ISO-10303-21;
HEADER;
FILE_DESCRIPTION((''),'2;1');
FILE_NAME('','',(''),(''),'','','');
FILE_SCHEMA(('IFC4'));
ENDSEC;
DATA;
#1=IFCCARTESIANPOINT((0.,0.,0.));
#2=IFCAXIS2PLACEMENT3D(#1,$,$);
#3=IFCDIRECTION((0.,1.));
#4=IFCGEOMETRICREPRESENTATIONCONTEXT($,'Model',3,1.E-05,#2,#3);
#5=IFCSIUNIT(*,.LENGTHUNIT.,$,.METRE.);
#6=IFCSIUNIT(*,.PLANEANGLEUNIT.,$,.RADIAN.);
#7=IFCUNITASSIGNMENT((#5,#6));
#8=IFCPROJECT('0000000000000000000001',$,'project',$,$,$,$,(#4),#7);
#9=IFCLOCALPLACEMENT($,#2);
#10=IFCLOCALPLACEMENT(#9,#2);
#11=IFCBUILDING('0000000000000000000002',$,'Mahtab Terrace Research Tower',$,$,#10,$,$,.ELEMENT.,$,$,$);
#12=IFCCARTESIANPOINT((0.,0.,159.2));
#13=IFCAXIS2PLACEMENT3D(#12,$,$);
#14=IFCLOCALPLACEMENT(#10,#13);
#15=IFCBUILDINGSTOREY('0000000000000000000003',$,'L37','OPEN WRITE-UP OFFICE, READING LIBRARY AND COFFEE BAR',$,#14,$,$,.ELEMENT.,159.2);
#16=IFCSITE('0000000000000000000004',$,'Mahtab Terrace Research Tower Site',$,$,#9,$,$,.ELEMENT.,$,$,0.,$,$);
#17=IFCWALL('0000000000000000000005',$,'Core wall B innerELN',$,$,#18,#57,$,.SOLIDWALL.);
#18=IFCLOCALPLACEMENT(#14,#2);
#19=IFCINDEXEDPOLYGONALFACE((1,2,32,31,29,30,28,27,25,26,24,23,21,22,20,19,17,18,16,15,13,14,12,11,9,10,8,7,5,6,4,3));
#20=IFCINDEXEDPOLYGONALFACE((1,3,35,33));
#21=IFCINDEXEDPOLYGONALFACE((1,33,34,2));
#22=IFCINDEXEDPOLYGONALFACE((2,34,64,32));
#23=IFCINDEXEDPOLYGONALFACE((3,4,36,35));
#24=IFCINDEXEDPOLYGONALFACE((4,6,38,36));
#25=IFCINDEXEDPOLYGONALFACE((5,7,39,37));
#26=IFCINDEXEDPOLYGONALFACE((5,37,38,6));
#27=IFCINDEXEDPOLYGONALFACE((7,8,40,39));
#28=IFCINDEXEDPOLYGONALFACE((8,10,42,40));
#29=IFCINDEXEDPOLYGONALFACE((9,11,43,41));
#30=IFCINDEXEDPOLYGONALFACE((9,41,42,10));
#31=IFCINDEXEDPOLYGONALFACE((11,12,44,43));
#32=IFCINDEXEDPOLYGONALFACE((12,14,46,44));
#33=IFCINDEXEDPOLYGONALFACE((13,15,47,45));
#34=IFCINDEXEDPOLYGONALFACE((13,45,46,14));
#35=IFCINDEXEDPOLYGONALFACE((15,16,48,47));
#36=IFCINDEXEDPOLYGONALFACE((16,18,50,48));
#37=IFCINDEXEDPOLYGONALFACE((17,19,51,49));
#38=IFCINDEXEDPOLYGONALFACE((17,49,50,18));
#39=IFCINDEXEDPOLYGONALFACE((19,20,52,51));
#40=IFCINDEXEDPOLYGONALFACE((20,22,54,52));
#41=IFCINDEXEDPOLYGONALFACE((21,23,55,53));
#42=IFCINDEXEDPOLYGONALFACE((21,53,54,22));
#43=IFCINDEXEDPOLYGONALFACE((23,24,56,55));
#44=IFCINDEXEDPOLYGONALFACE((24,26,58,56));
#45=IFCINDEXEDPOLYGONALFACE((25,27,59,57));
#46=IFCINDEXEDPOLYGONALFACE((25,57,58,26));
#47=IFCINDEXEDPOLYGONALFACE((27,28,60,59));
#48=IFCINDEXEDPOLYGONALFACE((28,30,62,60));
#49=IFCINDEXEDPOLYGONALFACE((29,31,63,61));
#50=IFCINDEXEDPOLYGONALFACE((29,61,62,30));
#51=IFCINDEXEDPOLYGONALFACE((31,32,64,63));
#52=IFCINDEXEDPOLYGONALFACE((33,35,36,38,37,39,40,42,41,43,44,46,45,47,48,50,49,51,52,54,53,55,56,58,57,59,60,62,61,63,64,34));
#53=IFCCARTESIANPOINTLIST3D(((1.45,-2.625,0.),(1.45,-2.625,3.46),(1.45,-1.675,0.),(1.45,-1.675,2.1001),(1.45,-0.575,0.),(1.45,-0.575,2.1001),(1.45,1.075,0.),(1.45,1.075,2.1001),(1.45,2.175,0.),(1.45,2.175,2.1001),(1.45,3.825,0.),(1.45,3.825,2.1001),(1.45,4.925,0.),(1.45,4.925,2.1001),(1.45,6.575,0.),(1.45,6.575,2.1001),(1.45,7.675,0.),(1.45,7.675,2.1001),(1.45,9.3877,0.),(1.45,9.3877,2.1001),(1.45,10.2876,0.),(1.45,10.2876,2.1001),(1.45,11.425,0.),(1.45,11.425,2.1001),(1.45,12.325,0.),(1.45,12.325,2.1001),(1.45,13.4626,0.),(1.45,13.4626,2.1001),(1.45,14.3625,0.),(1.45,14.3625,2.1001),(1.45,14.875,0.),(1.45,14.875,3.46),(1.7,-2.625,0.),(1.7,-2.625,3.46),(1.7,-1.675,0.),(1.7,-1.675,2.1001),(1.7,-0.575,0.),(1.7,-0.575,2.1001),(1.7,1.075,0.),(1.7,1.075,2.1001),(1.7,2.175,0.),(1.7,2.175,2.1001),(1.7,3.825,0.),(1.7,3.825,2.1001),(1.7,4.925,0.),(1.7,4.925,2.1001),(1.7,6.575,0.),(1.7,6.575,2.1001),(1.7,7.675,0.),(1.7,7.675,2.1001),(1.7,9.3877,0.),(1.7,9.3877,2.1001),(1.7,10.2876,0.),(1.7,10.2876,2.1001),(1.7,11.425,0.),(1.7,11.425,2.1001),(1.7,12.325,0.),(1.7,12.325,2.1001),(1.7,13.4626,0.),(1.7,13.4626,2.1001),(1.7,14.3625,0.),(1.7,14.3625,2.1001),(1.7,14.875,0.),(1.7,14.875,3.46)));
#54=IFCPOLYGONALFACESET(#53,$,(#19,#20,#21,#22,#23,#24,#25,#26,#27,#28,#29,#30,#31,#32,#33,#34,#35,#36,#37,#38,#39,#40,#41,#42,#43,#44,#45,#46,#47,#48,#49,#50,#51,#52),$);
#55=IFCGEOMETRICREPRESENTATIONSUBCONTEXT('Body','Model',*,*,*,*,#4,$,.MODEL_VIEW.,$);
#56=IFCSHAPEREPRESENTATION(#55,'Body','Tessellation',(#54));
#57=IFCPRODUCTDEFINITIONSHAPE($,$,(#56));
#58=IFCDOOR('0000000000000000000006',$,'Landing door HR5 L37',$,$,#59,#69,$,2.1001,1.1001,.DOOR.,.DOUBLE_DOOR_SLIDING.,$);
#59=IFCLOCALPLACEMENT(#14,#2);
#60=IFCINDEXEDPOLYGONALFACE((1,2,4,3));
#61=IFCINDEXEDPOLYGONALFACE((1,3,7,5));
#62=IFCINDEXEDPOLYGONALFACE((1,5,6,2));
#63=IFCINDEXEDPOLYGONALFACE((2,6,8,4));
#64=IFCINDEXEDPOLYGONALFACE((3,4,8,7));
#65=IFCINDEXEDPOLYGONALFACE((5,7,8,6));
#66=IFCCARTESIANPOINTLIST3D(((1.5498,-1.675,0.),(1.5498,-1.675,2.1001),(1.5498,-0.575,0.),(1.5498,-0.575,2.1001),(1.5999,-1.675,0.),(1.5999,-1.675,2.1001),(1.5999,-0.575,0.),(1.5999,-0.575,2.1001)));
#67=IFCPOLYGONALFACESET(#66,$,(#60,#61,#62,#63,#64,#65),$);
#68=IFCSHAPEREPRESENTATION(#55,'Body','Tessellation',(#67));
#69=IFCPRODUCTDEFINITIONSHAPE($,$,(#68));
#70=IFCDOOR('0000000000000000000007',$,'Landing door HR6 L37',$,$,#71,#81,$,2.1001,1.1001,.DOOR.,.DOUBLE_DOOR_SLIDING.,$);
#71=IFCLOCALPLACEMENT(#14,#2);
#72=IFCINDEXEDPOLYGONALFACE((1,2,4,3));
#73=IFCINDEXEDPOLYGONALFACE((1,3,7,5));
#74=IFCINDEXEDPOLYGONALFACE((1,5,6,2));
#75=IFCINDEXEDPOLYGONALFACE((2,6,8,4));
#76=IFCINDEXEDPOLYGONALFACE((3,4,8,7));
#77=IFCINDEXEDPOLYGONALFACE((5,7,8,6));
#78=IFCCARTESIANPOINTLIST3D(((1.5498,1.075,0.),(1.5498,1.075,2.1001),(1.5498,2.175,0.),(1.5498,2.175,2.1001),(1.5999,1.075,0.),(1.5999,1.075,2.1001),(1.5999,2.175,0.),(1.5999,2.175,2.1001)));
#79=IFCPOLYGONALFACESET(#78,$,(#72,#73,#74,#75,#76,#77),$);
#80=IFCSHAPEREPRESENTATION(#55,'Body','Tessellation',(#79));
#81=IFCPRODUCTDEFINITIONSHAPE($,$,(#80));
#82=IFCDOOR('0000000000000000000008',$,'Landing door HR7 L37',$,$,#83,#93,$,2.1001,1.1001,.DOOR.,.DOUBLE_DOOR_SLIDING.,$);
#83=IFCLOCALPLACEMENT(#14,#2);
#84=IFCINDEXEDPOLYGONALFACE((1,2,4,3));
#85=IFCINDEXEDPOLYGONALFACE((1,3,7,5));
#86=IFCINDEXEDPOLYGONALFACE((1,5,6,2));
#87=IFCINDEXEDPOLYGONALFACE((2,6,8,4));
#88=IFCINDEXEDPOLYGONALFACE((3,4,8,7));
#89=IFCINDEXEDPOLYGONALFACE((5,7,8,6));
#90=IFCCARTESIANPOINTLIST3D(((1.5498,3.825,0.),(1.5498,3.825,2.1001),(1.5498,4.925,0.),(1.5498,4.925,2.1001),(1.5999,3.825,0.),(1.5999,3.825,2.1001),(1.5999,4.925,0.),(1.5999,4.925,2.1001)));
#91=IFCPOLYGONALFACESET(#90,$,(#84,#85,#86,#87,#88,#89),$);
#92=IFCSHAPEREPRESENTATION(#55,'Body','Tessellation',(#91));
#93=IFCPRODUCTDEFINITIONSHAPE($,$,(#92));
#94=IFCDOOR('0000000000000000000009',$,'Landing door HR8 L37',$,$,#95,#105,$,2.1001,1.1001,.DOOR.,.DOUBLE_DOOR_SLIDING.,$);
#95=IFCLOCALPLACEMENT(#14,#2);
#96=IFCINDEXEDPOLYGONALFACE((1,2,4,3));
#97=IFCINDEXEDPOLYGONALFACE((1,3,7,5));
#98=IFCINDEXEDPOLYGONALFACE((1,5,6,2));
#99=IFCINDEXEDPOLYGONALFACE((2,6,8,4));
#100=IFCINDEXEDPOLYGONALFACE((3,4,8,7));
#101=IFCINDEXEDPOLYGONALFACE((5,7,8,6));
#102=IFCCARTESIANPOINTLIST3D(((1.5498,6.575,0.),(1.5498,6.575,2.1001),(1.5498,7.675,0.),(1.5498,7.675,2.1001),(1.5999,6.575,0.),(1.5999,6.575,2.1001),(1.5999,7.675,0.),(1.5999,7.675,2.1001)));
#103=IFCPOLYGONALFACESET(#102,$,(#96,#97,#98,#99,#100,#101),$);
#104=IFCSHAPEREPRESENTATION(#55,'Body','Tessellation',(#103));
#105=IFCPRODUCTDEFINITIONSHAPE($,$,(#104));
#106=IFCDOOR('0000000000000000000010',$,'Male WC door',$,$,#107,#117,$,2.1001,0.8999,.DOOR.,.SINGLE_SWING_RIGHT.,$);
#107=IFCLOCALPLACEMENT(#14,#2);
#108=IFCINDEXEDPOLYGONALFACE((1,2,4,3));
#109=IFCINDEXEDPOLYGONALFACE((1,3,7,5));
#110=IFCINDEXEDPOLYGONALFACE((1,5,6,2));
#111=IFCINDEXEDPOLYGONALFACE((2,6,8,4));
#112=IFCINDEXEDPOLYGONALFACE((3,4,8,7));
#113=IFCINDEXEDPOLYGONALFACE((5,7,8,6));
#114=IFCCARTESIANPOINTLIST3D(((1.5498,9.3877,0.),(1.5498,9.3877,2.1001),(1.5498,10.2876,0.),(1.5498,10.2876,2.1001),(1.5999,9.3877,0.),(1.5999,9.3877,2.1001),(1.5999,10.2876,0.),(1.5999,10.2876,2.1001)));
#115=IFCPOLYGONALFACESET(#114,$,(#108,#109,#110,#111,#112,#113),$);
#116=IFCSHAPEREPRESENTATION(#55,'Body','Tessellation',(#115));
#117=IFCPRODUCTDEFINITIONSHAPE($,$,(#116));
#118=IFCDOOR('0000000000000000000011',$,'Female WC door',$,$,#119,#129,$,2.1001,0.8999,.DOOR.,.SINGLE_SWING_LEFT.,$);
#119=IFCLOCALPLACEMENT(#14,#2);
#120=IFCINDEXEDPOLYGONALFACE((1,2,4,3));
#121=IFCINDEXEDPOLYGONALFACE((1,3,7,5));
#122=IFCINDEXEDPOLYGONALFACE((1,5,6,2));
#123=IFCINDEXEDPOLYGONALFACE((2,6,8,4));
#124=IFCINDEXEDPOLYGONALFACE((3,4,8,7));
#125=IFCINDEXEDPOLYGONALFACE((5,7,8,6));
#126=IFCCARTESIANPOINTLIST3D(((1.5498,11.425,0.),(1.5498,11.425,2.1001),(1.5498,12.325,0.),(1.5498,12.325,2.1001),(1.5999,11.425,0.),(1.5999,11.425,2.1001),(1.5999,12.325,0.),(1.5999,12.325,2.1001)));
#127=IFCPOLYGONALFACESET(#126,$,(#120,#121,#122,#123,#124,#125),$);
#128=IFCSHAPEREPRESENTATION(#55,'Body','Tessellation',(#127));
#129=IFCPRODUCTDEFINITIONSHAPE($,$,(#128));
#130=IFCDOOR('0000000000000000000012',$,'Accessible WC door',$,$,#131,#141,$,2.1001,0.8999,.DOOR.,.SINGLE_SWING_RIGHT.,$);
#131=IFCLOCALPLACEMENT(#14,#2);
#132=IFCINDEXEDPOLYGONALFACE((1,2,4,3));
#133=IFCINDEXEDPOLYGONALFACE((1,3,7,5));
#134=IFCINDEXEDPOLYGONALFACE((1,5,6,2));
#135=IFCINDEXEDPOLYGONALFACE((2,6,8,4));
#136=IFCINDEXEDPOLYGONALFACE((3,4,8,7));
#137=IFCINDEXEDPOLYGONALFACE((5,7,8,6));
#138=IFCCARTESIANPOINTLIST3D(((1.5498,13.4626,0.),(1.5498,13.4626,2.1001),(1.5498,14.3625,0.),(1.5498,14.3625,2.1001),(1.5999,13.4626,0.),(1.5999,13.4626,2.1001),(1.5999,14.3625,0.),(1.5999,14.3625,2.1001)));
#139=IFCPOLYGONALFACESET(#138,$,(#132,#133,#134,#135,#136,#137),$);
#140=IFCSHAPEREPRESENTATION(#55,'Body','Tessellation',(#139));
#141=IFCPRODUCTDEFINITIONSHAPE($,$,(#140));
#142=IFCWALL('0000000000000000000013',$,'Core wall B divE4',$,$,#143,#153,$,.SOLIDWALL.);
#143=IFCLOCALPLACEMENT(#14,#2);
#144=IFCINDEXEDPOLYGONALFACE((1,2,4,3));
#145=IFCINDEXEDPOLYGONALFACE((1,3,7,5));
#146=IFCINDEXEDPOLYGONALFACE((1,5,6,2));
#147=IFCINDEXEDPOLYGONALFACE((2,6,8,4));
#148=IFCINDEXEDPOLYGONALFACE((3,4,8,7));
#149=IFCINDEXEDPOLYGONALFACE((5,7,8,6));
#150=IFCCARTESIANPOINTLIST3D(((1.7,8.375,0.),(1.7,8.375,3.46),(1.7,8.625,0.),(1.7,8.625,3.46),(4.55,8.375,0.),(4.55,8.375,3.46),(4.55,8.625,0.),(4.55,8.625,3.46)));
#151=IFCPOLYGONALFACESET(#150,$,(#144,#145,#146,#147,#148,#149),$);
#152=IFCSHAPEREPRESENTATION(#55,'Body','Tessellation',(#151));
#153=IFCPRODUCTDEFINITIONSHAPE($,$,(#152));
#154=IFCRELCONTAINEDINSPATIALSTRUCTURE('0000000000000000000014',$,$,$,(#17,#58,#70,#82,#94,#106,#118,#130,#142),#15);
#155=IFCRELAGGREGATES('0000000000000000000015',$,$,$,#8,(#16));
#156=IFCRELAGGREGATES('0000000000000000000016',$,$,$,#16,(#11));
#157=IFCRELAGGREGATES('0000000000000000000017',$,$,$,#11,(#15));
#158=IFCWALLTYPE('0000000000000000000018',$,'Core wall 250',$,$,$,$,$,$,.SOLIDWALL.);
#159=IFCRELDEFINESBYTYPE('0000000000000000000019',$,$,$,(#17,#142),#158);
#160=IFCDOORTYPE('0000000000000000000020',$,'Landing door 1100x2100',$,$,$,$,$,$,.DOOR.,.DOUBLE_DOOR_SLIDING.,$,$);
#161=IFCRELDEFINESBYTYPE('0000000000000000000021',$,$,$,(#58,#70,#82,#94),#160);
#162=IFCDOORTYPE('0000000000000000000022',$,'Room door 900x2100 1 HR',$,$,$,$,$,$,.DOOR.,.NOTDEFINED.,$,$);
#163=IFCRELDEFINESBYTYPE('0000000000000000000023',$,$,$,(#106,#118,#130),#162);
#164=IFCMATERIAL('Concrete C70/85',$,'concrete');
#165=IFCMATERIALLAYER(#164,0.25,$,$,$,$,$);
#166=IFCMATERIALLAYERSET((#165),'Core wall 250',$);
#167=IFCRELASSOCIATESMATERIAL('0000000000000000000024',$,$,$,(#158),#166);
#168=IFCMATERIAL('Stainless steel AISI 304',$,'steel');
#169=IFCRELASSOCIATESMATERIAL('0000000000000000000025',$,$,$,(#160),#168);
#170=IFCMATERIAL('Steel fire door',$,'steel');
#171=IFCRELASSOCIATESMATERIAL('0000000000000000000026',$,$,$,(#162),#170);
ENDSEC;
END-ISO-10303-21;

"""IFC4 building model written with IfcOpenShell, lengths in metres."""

from ifc_helpers import new_model, si_unit, direction, frame, frame_2d, origin, place, context, subcontext, project, spatial, rectangle, extrude, material, layer, layer_set, type_object, element, fill, save


model = new_model("IFC4")

# Units and contexts
model_context = context("Model", 3, precision=1e-05, world=origin(), true_north=direction((0.0, 1.0)))
body_context = subcontext(model_context, "Body", "Model", "MODEL_VIEW")
ifc_project = project(units=[si_unit("LENGTHUNIT", "METRE"), si_unit("PLANEANGLEUNIT", "RADIAN")], contexts=[model_context])

# Site, building, storey
site_placement = place(None, origin())
site = spatial("IfcSite", under=ifc_project, at=site_placement, Name="Mahtab Terrace Research Tower Site", CompositionType="ELEMENT", RefElevation=0.0)
building_placement = place(site_placement, origin())
building = spatial("IfcBuilding", under=site, at=building_placement, Name="Mahtab Terrace Research Tower", CompositionType="ELEMENT")
storey_placement = place(building_placement, frame((0.0, 0.0, 159.2)))
storey = spatial("IfcBuildingStorey", under=building, at=storey_placement, Name="L37", Description="OPEN WRITE-UP OFFICE, READING LIBRARY AND COFFEE BAR", CompositionType="ELEMENT", Elevation=159.2)

# Shared definitions
ifc_material_1 = material(Name="Concrete C70/85", Category="concrete")

# Wall, openings, doors
ifc_layer_1 = layer(ifc_material_1, 0.25)
ifc_layer_set_1 = layer_set([ifc_layer_1], Name="Core wall 250")
wall_type_1 = type_object("IfcWallType", Name="Core wall 250", PredefinedType="SOLIDWALL", material=ifc_layer_set_1)
wall_1_placement = place(storey_placement, frame((1.575, 14.875, 0.0), z_axis=(0.0, 0.0, 1.0), x_axis=(0.0, -1.0, 0.0)))
wall_1 = element("IfcWall", 1, at=wall_1_placement, inside=storey, type_object=wall_type_1, Name="Core wall B innerELN", PredefinedType="SOLIDWALL", context=body_context, shape_type="SweptSolid", body=[
    extrude(rectangle(XDim=17.5, YDim=0.25, at=frame_2d((8.75, 0.0))), origin(), (0.0, 0.0, 1.0), 3.46),
])
opening_1_placement = place(wall_1_placement, frame((15.45, 0.0, 0.0)))
opening_1 = element("IfcOpeningElement", 2, at=opening_1_placement, cuts=wall_1, PredefinedType="OPENING", context=body_context, shape_type="SweptSolid", body=[
    extrude(rectangle(XDim=1.1001, YDim=2.1001, at=frame_2d((0.55, 1.05))), frame((0.0, 0.135, 0.0), z_axis=(0.0, -1.0, 0.0), x_axis=(1.0, 0.0, 0.0)), (0.0, 0.0, 1.0), 0.27),
])
opening_2_placement = place(wall_1_placement, frame((12.7, 0.0, 0.0)))
opening_2 = element("IfcOpeningElement", 3, at=opening_2_placement, cuts=wall_1, PredefinedType="OPENING", context=body_context, shape_type="SweptSolid", body=[
    extrude(rectangle(XDim=1.1001, YDim=2.1001, at=frame_2d((0.55, 1.05))), frame((0.0, 0.135, 0.0), z_axis=(0.0, -1.0, 0.0), x_axis=(1.0, 0.0, 0.0)), (0.0, 0.0, 1.0), 0.27),
])
opening_3_placement = place(wall_1_placement, frame((9.95, 0.0, 0.0)))
opening_3 = element("IfcOpeningElement", 4, at=opening_3_placement, cuts=wall_1, PredefinedType="OPENING", context=body_context, shape_type="SweptSolid", body=[
    extrude(rectangle(XDim=1.1001, YDim=2.1001, at=frame_2d((0.55, 1.05))), frame((0.0, 0.135, 0.0), z_axis=(0.0, -1.0, 0.0), x_axis=(1.0, 0.0, 0.0)), (0.0, 0.0, 1.0), 0.27),
])
opening_4_placement = place(wall_1_placement, frame((7.2, 0.0, 0.0)))
opening_4 = element("IfcOpeningElement", 5, at=opening_4_placement, cuts=wall_1, PredefinedType="OPENING", context=body_context, shape_type="SweptSolid", body=[
    extrude(rectangle(XDim=1.1001, YDim=2.1001, at=frame_2d((0.55, 1.05))), frame((0.0, 0.135, 0.0), z_axis=(0.0, -1.0, 0.0), x_axis=(1.0, 0.0, 0.0)), (0.0, 0.0, 1.0), 0.27),
])
opening_5_placement = place(wall_1_placement, frame((4.5874, 0.0, 0.0)))
opening_5 = element("IfcOpeningElement", 6, at=opening_5_placement, cuts=wall_1, PredefinedType="OPENING", context=body_context, shape_type="SweptSolid", body=[
    extrude(rectangle(XDim=0.8999, YDim=2.1001, at=frame_2d((0.45, 1.05))), frame((0.0, 0.135, 0.0), z_axis=(0.0, -1.0, 0.0), x_axis=(1.0, 0.0, 0.0)), (0.0, 0.0, 1.0), 0.27),
])
opening_6_placement = place(wall_1_placement, frame((2.55, 0.0, 0.0)))
opening_6 = element("IfcOpeningElement", 7, at=opening_6_placement, cuts=wall_1, PredefinedType="OPENING", context=body_context, shape_type="SweptSolid", body=[
    extrude(rectangle(XDim=0.8999, YDim=2.1001, at=frame_2d((0.45, 1.05))), frame((0.0, 0.135, 0.0), z_axis=(0.0, -1.0, 0.0), x_axis=(1.0, 0.0, 0.0)), (0.0, 0.0, 1.0), 0.27),
])
opening_7_placement = place(wall_1_placement, frame((0.5125, 0.0, 0.0)))
opening_7 = element("IfcOpeningElement", 8, at=opening_7_placement, cuts=wall_1, PredefinedType="OPENING", context=body_context, shape_type="SweptSolid", body=[
    extrude(rectangle(XDim=0.8999, YDim=2.1001, at=frame_2d((0.45, 1.05))), frame((0.0, 0.135, 0.0), z_axis=(0.0, -1.0, 0.0), x_axis=(1.0, 0.0, 0.0)), (0.0, 0.0, 1.0), 0.27),
])
ifc_material_2 = material(Name="Stainless steel AISI 304", Category="steel")
door_type_1 = type_object("IfcDoorType", Name="Landing door 1100x2100", OperationType="DOUBLE_DOOR_SLIDING", PredefinedType="DOOR", material=ifc_material_2)
door_1_placement = place(opening_1_placement, origin())
door_1 = element("IfcDoor", 9, at=door_1_placement, inside=storey, type_object=door_type_1, Name="Landing door HR5 L37", OperationType="DOUBLE_DOOR_SLIDING", OverallHeight=2.1001, OverallWidth=1.1001, PredefinedType="DOOR", context=body_context, shape_type="SweptSolid", body=[
    extrude(rectangle(XDim=1.1001, YDim=2.1001, at=frame_2d((0.55, 1.05))), frame((0.0, 0.0249, 0.0), z_axis=(0.0, -1.0, 0.0), x_axis=(1.0, 0.0, 0.0)), (0.0, 0.0, 1.0), 0.05),
])
fill(opening_1, door_1)
door_2_placement = place(opening_2_placement, origin())
door_2 = element("IfcDoor", 10, at=door_2_placement, inside=storey, type_object=door_type_1, Name="Landing door HR6 L37", OperationType="DOUBLE_DOOR_SLIDING", OverallHeight=2.1001, OverallWidth=1.1001, PredefinedType="DOOR", context=body_context, shape_type="SweptSolid", body=[
    extrude(rectangle(XDim=1.1001, YDim=2.1001, at=frame_2d((0.55, 1.05))), frame((0.0, 0.0249, 0.0), z_axis=(0.0, -1.0, 0.0), x_axis=(1.0, 0.0, 0.0)), (0.0, 0.0, 1.0), 0.05),
])
fill(opening_2, door_2)
door_3_placement = place(opening_3_placement, origin())
door_3 = element("IfcDoor", 11, at=door_3_placement, inside=storey, type_object=door_type_1, Name="Landing door HR7 L37", OperationType="DOUBLE_DOOR_SLIDING", OverallHeight=2.1001, OverallWidth=1.1001, PredefinedType="DOOR", context=body_context, shape_type="SweptSolid", body=[
    extrude(rectangle(XDim=1.1001, YDim=2.1001, at=frame_2d((0.55, 1.05))), frame((0.0, 0.0249, 0.0), z_axis=(0.0, -1.0, 0.0), x_axis=(1.0, 0.0, 0.0)), (0.0, 0.0, 1.0), 0.05),
])
fill(opening_3, door_3)
door_4_placement = place(opening_4_placement, origin())
door_4 = element("IfcDoor", 12, at=door_4_placement, inside=storey, type_object=door_type_1, Name="Landing door HR8 L37", OperationType="DOUBLE_DOOR_SLIDING", OverallHeight=2.1001, OverallWidth=1.1001, PredefinedType="DOOR", context=body_context, shape_type="SweptSolid", body=[
    extrude(rectangle(XDim=1.1001, YDim=2.1001, at=frame_2d((0.55, 1.05))), frame((0.0, 0.0249, 0.0), z_axis=(0.0, -1.0, 0.0), x_axis=(1.0, 0.0, 0.0)), (0.0, 0.0, 1.0), 0.05),
])
fill(opening_4, door_4)
ifc_material_3 = material(Name="Steel fire door", Category="steel")
door_type_2 = type_object("IfcDoorType", Name="Room door 900x2100 1 HR", OperationType="NOTDEFINED", PredefinedType="DOOR", material=ifc_material_3)
door_5_placement = place(opening_5_placement, origin())
door_5 = element("IfcDoor", 13, at=door_5_placement, inside=storey, type_object=door_type_2, Name="Male WC door", OperationType="SINGLE_SWING_RIGHT", OverallHeight=2.1001, OverallWidth=0.8999, PredefinedType="DOOR", context=body_context, shape_type="SweptSolid", body=[
    extrude(rectangle(XDim=0.8999, YDim=2.1001, at=frame_2d((0.45, 1.05))), frame((0.0, 0.0249, 0.0), z_axis=(0.0, -1.0, 0.0), x_axis=(1.0, 0.0, 0.0)), (0.0, 0.0, 1.0), 0.05),
])
fill(opening_5, door_5)
door_6_placement = place(opening_6_placement, origin())
door_6 = element("IfcDoor", 14, at=door_6_placement, inside=storey, type_object=door_type_2, Name="Female WC door", OperationType="SINGLE_SWING_LEFT", OverallHeight=2.1001, OverallWidth=0.8999, PredefinedType="DOOR", context=body_context, shape_type="SweptSolid", body=[
    extrude(rectangle(XDim=0.8999, YDim=2.1001, at=frame_2d((0.45, 1.05))), frame((0.0, 0.0249, 0.0), z_axis=(0.0, -1.0, 0.0), x_axis=(1.0, 0.0, 0.0)), (0.0, 0.0, 1.0), 0.05),
])
fill(opening_6, door_6)
door_7_placement = place(opening_7_placement, origin())
door_7 = element("IfcDoor", 15, at=door_7_placement, inside=storey, type_object=door_type_2, Name="Accessible WC door", OperationType="SINGLE_SWING_RIGHT", OverallHeight=2.1001, OverallWidth=0.8999, PredefinedType="DOOR", context=body_context, shape_type="SweptSolid", body=[
    extrude(rectangle(XDim=0.8999, YDim=2.1001, at=frame_2d((0.45, 1.05))), frame((0.0, 0.0249, 0.0), z_axis=(0.0, -1.0, 0.0), x_axis=(1.0, 0.0, 0.0)), (0.0, 0.0, 1.0), 0.05),
])
fill(opening_7, door_7)

# Wall
wall_2_placement = place(storey_placement, frame((1.7, 8.5, 0.0), z_axis=(0.0, 0.0, 1.0), x_axis=(1.0, 0.0, 0.0)))
element("IfcWall", 16, at=wall_2_placement, inside=storey, type_object=wall_type_1, Name="Core wall B divE4", PredefinedType="SOLIDWALL", context=body_context, shape_type="SweptSolid", body=[
    extrude(rectangle(XDim=2.8501, YDim=0.25, at=frame_2d((1.425, 0.0))), origin(), (0.0, 0.0, 1.0), 3.46),
])

save(model, "model.ifc")
